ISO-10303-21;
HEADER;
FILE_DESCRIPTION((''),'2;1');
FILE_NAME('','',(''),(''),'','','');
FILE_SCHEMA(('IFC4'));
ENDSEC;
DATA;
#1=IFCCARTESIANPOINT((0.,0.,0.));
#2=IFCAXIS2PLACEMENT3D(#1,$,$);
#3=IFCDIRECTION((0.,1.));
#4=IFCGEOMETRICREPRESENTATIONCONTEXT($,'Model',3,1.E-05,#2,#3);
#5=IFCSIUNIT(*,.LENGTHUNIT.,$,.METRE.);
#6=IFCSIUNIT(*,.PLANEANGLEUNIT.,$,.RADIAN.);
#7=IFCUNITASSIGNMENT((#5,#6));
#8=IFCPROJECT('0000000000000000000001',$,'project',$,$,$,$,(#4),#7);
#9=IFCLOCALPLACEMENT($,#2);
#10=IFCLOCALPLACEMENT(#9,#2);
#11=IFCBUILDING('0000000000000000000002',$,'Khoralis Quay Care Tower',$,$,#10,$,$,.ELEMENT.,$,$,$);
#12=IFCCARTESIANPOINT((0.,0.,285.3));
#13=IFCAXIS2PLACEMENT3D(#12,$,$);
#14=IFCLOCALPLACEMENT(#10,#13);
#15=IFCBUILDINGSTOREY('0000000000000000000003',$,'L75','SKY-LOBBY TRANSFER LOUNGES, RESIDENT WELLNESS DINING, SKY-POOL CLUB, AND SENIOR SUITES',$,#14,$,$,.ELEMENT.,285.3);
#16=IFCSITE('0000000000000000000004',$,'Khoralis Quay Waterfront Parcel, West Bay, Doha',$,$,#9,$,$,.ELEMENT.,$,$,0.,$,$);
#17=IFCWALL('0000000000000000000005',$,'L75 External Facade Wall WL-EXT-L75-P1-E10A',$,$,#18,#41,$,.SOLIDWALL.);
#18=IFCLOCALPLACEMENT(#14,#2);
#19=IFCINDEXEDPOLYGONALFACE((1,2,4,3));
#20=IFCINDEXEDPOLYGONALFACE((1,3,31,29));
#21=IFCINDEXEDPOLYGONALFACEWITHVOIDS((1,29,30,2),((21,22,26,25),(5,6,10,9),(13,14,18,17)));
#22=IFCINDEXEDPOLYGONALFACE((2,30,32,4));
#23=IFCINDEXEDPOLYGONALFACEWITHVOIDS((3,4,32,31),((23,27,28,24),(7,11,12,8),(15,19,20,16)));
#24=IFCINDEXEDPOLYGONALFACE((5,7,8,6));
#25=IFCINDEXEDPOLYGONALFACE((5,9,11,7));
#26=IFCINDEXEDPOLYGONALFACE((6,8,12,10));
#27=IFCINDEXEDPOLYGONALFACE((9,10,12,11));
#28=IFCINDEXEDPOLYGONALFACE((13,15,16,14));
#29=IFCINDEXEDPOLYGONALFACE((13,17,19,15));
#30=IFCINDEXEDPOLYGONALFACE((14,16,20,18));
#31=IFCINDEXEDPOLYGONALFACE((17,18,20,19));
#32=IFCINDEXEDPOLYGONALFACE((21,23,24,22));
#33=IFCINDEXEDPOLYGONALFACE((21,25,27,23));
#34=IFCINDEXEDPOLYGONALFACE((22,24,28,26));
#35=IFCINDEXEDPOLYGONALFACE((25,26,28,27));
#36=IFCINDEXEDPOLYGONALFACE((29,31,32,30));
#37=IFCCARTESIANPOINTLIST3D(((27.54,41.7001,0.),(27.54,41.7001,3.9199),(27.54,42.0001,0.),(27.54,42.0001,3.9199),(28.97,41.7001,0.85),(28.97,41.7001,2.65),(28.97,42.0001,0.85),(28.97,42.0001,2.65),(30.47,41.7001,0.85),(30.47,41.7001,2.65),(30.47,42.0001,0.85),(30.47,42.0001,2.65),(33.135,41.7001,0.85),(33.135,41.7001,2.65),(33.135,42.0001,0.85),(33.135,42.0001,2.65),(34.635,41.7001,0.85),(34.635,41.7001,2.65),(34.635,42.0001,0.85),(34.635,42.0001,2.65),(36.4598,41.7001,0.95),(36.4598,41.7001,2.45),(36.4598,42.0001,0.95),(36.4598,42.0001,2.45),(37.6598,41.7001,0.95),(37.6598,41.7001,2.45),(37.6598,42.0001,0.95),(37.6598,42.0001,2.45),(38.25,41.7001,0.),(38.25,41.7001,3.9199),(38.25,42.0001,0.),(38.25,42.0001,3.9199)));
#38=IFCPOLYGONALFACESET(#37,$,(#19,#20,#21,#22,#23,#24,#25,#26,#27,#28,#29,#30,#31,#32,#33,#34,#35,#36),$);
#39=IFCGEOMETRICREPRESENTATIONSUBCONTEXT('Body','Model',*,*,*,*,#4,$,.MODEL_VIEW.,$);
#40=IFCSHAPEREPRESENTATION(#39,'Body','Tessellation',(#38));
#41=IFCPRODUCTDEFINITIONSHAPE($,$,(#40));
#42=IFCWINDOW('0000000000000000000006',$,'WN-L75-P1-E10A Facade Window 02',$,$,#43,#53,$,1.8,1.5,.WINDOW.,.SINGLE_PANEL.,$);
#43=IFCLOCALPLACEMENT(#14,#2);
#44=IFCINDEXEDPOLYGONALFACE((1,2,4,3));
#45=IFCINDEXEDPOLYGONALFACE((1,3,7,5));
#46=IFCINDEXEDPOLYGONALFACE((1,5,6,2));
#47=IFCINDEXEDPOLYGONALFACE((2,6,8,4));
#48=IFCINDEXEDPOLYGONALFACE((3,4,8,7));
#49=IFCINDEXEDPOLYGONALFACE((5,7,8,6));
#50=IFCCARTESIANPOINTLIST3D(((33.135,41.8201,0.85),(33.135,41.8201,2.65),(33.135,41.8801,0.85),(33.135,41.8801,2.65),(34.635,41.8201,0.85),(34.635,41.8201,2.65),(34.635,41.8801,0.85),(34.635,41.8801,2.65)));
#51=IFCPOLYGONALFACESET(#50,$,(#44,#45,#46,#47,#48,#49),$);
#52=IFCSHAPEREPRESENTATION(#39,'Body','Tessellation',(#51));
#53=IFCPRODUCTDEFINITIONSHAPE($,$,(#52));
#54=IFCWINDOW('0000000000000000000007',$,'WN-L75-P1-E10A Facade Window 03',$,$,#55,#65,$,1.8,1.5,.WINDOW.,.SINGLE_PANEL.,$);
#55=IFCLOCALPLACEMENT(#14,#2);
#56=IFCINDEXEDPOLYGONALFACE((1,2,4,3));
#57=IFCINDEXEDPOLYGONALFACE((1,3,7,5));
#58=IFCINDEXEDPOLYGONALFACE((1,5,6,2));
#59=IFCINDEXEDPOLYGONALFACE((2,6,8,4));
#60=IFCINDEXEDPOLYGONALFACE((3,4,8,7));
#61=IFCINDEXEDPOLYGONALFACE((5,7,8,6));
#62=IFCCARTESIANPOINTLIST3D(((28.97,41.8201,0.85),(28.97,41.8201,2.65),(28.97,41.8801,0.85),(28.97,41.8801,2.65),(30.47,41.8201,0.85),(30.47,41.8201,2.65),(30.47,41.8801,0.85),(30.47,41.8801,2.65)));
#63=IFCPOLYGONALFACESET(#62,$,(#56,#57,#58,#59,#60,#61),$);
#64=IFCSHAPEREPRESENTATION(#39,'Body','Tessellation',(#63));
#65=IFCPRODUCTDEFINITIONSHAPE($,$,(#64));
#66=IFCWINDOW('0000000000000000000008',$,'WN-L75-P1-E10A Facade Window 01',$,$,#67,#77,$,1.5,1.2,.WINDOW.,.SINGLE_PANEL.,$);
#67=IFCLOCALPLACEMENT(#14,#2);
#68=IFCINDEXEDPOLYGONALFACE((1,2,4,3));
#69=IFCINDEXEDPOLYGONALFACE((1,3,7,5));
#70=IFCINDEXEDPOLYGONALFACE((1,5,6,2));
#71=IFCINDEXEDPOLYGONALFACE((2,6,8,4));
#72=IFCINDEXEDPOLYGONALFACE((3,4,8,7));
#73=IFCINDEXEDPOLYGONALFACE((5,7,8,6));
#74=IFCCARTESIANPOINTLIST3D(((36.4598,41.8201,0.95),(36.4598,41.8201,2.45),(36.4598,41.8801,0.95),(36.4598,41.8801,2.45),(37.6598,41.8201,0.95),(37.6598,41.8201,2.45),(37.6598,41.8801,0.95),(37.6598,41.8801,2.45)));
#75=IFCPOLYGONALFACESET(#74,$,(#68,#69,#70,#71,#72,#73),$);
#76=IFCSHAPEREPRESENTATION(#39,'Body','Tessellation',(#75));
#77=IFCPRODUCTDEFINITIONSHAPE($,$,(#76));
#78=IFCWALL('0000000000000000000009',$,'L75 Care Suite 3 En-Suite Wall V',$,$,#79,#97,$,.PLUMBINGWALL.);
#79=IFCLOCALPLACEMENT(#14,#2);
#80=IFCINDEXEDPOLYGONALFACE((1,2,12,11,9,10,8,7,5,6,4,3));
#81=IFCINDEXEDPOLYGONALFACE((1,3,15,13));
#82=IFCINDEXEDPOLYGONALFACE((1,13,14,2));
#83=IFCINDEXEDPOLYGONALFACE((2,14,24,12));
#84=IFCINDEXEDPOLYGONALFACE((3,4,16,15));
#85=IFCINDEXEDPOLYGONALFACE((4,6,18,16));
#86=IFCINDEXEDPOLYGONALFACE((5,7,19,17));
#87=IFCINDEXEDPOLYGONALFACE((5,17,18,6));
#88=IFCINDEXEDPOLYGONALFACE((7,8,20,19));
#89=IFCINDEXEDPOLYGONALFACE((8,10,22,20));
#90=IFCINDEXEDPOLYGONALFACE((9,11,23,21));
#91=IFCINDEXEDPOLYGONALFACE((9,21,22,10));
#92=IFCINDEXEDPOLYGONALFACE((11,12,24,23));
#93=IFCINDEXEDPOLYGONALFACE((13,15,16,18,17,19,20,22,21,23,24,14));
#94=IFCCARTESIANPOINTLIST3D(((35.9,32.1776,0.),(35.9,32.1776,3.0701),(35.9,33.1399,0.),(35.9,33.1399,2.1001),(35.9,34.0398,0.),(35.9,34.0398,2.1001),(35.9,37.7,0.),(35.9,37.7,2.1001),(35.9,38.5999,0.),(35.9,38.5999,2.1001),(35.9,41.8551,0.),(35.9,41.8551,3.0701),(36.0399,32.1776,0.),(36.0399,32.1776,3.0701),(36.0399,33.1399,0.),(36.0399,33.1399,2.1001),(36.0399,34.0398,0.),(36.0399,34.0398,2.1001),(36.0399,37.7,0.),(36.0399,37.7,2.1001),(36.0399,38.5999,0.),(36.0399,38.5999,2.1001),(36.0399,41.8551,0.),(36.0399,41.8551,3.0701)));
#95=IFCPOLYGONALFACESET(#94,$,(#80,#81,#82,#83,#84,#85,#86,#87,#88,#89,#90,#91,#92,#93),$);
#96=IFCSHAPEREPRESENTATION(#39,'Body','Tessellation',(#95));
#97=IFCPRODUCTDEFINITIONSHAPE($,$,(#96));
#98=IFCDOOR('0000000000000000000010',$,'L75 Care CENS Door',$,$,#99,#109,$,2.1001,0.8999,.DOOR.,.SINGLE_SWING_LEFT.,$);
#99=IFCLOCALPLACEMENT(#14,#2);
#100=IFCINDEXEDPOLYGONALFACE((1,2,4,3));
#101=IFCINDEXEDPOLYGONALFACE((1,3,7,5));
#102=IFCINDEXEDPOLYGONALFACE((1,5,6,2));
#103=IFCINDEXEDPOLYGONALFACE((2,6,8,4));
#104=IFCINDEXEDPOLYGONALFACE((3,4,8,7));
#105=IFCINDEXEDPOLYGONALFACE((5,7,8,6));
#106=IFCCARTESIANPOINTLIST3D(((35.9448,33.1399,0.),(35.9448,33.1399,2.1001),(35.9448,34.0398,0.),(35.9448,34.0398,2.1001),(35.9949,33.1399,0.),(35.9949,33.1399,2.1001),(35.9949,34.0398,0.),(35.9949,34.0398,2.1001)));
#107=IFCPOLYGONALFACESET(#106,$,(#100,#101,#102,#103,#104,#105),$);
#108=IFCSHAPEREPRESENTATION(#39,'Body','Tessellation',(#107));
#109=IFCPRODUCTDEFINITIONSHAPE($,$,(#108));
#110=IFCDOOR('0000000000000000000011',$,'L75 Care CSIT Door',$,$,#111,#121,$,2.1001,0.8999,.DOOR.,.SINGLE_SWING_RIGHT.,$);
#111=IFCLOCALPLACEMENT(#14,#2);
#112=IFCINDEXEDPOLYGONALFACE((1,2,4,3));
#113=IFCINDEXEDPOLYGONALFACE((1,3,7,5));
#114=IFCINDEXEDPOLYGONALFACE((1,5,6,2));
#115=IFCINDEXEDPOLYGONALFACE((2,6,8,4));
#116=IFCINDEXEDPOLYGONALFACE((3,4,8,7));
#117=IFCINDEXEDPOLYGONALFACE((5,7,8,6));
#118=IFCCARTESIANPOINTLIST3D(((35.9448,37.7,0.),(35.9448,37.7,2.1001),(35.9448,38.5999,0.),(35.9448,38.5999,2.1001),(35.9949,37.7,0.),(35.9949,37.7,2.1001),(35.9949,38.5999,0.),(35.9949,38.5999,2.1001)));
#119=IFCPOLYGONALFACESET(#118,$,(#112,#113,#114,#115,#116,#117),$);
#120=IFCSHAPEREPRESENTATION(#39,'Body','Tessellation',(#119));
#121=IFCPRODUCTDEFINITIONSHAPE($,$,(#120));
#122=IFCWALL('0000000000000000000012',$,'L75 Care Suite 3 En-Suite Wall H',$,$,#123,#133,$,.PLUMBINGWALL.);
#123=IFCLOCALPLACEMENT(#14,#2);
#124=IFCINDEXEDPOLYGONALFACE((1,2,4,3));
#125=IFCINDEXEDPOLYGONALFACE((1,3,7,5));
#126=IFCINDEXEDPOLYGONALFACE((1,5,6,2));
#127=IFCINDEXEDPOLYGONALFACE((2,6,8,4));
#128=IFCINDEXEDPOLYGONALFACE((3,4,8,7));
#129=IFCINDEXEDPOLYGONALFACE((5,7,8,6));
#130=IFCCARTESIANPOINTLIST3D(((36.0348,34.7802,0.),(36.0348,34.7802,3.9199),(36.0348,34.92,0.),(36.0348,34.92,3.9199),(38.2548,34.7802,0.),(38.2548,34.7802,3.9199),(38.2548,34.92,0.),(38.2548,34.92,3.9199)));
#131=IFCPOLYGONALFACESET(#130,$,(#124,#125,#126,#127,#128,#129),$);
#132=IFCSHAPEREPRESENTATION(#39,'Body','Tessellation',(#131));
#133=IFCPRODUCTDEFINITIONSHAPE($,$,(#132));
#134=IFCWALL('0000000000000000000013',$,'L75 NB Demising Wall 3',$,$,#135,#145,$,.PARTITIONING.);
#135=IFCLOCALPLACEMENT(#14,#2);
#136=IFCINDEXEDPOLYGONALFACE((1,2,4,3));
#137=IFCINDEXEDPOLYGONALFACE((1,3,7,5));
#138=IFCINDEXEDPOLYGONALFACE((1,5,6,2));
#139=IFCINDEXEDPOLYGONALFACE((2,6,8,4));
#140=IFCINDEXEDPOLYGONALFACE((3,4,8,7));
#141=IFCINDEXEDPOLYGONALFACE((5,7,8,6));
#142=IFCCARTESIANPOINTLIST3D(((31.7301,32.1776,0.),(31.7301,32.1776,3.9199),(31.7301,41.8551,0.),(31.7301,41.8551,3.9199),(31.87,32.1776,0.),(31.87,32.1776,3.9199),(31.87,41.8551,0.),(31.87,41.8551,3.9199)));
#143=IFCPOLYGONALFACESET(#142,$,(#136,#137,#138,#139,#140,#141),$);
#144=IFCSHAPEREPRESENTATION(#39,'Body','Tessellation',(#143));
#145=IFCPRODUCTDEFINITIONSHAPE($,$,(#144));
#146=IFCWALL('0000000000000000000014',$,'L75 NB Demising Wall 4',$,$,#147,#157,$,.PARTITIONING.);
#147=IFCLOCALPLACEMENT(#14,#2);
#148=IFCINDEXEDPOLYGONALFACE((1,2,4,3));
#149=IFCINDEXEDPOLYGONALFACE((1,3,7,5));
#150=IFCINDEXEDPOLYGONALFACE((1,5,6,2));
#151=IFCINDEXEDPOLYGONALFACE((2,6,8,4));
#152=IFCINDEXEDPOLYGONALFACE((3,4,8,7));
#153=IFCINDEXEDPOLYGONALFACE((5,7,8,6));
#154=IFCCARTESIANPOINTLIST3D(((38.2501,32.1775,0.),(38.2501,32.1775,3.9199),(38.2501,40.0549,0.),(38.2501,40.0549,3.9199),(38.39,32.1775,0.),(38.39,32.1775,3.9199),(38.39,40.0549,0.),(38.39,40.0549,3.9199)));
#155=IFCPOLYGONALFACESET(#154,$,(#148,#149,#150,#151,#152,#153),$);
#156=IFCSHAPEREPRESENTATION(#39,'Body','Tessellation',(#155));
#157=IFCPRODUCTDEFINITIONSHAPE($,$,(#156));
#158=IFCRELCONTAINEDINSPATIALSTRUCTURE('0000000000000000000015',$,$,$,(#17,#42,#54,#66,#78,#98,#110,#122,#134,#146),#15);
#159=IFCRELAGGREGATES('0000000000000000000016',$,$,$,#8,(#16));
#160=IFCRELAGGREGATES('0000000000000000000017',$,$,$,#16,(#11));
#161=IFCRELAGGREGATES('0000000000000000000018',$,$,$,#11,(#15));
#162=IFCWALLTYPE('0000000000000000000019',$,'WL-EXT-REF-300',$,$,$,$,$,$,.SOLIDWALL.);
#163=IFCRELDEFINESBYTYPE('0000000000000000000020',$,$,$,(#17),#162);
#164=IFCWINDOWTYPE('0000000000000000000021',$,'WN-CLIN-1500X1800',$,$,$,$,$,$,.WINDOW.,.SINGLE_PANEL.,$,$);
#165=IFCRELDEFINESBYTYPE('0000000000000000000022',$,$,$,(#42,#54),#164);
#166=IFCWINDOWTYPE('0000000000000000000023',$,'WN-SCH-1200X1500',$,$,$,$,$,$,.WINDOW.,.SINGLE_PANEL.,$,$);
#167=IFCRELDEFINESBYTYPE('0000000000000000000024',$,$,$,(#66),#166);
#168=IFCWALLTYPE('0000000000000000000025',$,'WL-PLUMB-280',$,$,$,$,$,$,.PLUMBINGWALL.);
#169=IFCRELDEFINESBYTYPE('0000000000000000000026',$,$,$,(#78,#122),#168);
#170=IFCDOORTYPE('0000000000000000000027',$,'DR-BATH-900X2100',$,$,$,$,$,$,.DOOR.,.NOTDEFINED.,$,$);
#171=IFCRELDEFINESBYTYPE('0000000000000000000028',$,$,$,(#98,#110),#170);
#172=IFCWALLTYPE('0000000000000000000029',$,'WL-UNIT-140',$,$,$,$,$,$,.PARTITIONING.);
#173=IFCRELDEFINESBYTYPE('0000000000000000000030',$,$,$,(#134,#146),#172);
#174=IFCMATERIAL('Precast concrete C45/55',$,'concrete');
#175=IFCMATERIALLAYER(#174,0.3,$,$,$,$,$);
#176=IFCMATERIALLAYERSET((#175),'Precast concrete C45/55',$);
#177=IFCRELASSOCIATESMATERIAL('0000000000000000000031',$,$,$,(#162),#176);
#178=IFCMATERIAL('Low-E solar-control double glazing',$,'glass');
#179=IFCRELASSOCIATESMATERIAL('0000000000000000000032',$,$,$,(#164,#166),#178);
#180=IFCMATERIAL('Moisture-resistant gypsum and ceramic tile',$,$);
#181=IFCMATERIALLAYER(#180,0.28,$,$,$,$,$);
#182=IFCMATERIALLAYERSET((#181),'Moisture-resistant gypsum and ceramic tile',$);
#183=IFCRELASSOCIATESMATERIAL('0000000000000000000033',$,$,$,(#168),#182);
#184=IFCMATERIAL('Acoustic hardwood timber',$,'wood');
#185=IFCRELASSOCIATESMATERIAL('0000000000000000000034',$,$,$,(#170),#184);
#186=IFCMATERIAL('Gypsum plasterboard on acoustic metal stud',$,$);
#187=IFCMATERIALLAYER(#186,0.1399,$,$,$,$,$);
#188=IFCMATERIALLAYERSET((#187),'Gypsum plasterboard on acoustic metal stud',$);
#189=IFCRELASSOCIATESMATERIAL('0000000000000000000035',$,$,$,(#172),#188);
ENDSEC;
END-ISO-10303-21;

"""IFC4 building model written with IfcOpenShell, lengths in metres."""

from ifc_helpers import new_model, si_unit, direction, frame, frame_2d, origin, place, context, subcontext, project, spatial, rectangle, extrude, source, transform, mapped, material, layer, layer_set, type_object, element, fill, save


model = new_model("IFC4")

# Units and contexts
model_context = context("Model", 3, precision=1e-05, world=origin(), true_north=direction((0.0, 1.0)))
body_context = subcontext(model_context, "Body", "Model", "MODEL_VIEW")
ifc_project = project(units=[si_unit("LENGTHUNIT", "METRE"), si_unit("PLANEANGLEUNIT", "RADIAN")], contexts=[model_context])

# Site, building, storey
site_placement = place(None, origin())
site = spatial("IfcSite", under=ifc_project, at=site_placement, Name="Khoralis Quay Waterfront Parcel, West Bay, Doha", CompositionType="ELEMENT", RefElevation=0.0)
building_placement = place(site_placement, origin())
building = spatial("IfcBuilding", under=site, at=building_placement, Name="Khoralis Quay Care Tower", CompositionType="ELEMENT")
storey_placement = place(building_placement, frame((0.0, 0.0, 285.3)))
storey = spatial("IfcBuildingStorey", under=building, at=storey_placement, Name="L75", Description="SKY-LOBBY TRANSFER LOUNGES, RESIDENT WELLNESS DINING, SKY-POOL CLUB, AND SENIOR SUITES", CompositionType="ELEMENT", Elevation=285.3)

# Shared definitions
ifc_material_1 = material(Name="Precast concrete C45/55", Category="concrete")
ifc_layer_1 = layer(ifc_material_1, 0.3)
ifc_layer_set_1 = layer_set([ifc_layer_1], Name="Precast concrete C45/55")
wall_type_1 = type_object("IfcWallType", Name="WL-EXT-REF-300", PredefinedType="SOLIDWALL", material=ifc_layer_set_1)

# Wall, openings, windows
wall_1_placement = place(storey_placement, frame((38.25, 41.8501, 0.0), z_axis=(0.0, 0.0, 1.0), x_axis=(-1.0, 0.0, 0.0)))
wall_1 = element("IfcWall", 1, at=wall_1_placement, inside=storey, type_object=wall_type_1, Name="L75 External Facade Wall WL-EXT-L75-P1-E10A", PredefinedType="SOLIDWALL", context=body_context, shape_type="SweptSolid", body=[
    extrude(rectangle(XDim=10.71, YDim=0.3, at=frame_2d((5.355, 0.0))), origin(), (0.0, 0.0, 1.0), 3.9199),
])
opening_1_placement = place(wall_1_placement, frame((0.5901, 0.0, 0.95)))
opening_1 = element("IfcOpeningElement", 2, at=opening_1_placement, cuts=wall_1, PredefinedType="OPENING", context=body_context, shape_type="SweptSolid", body=[
    extrude(rectangle(XDim=1.2, YDim=1.5, at=frame_2d((0.6001, 0.75))), frame((0.0, 0.1602, 0.0), z_axis=(0.0, -1.0, 0.0), x_axis=(1.0, 0.0, 0.0)), (0.0, 0.0, 1.0), 0.3201),
])
opening_2_placement = place(wall_1_placement, frame((3.615, 0.0, 0.8501)))
opening_2 = element("IfcOpeningElement", 3, at=opening_2_placement, cuts=wall_1, PredefinedType="OPENING", context=body_context, shape_type="SweptSolid", body=[
    extrude(rectangle(XDim=1.5, YDim=1.8, at=frame_2d((0.75, 0.8999))), frame((0.0, 0.1602, 0.0), z_axis=(0.0, -1.0, 0.0), x_axis=(1.0, 0.0, 0.0)), (0.0, 0.0, 1.0), 0.3201),
])
opening_3_placement = place(wall_1_placement, frame((7.78, 0.0, 0.8501)))
opening_3 = element("IfcOpeningElement", 4, at=opening_3_placement, cuts=wall_1, PredefinedType="OPENING", context=body_context, shape_type="SweptSolid", body=[
    extrude(rectangle(XDim=1.5, YDim=1.8, at=frame_2d((0.75, 0.8999))), frame((0.0, 0.1602, 0.0), z_axis=(0.0, -1.0, 0.0), x_axis=(1.0, 0.0, 0.0)), (0.0, 0.0, 1.0), 0.3201),
])
ifc_material_2 = material(Name="Low-E solar-control double glazing", Category="glass")
window_type_1 = type_object("IfcWindowType", Name="WN-CLIN-1500X1800", PartitioningType="SINGLE_PANEL", PredefinedType="WINDOW", material=ifc_material_2)
shared_shape_1 = source(origin(), body_context, "Body", "SweptSolid", [
    extrude(rectangle(XDim=1.5, YDim=1.8, at=frame_2d((0.75, 0.8999))), frame((0.0, 0.03, 0.0), z_axis=(0.0, -1.0, 0.0), x_axis=(1.0, 0.0, 0.0)), (0.0, 0.0, 1.0), 0.0601),
])
window_1_placement = place(opening_2_placement, origin())
window_1 = element("IfcWindow", 5, at=window_1_placement, inside=storey, type_object=window_type_1, Name="WN-L75-P1-E10A Facade Window 02", OverallHeight=1.8, OverallWidth=1.5, PartitioningType="SINGLE_PANEL", PredefinedType="WINDOW", context=body_context, shape_type="MappedRepresentation", body=[
    mapped(shared_shape_1, transform((0.0, 0.0, 0.0), scale=1.0)),
])
fill(opening_2, window_1)
window_2_placement = place(opening_3_placement, origin())
window_2 = element("IfcWindow", 6, at=window_2_placement, inside=storey, type_object=window_type_1, Name="WN-L75-P1-E10A Facade Window 03", OverallHeight=1.8, OverallWidth=1.5, PartitioningType="SINGLE_PANEL", PredefinedType="WINDOW", context=body_context, shape_type="MappedRepresentation", body=[
    mapped(shared_shape_1, transform((0.0, 0.0, 0.0), scale=1.0)),
])
fill(opening_3, window_2)
window_type_2 = type_object("IfcWindowType", Name="WN-SCH-1200X1500", PartitioningType="SINGLE_PANEL", PredefinedType="WINDOW", material=ifc_material_2)
shared_shape_2 = source(origin(), body_context, "Body", "SweptSolid", [
    extrude(rectangle(XDim=1.2, YDim=1.5, at=frame_2d((0.6001, 0.75))), frame((0.0, 0.03, 0.0), z_axis=(0.0, -1.0, 0.0), x_axis=(1.0, 0.0, 0.0)), (0.0, 0.0, 1.0), 0.0601),
])
window_3_placement = place(opening_1_placement, origin())
window_3 = element("IfcWindow", 7, at=window_3_placement, inside=storey, type_object=window_type_2, Name="WN-L75-P1-E10A Facade Window 01", OverallHeight=1.5, OverallWidth=1.2, PartitioningType="SINGLE_PANEL", PredefinedType="WINDOW", context=body_context, shape_type="MappedRepresentation", body=[
    mapped(shared_shape_2, transform((0.0, 0.0, 0.0), scale=1.0)),
])
fill(opening_1, window_3)

# Wall, openings, doors
ifc_material_3 = material(Name="Moisture-resistant gypsum and ceramic tile")
ifc_layer_2 = layer(ifc_material_3, 0.28)
ifc_layer_set_2 = layer_set([ifc_layer_2], Name="Moisture-resistant gypsum and ceramic tile")
wall_type_2 = type_object("IfcWallType", Name="WL-PLUMB-280", PredefinedType="PLUMBINGWALL", material=ifc_layer_set_2)
wall_2_placement = place(storey_placement, frame((35.97, 32.1775, 0.0), z_axis=(0.0, 0.0, 1.0), x_axis=(0.0, 1.0, 0.0)))
wall_2 = element("IfcWall", 8, at=wall_2_placement, inside=storey, type_object=wall_type_2, Name="L75 Care Suite 3 En-Suite Wall V", PredefinedType="PLUMBINGWALL", context=body_context, shape_type="SweptSolid", body=[
    extrude(rectangle(XDim=9.6775, YDim=0.1399, at=frame_2d((4.8389, 0.0))), origin(), (0.0, 0.0, 1.0), 3.0701),
])
opening_4_placement = place(wall_2_placement, frame((0.9624, 0.0, 0.0)))
opening_4 = element("IfcOpeningElement", 9, at=opening_4_placement, cuts=wall_2, PredefinedType="OPENING", context=body_context, shape_type="SweptSolid", body=[
    extrude(rectangle(XDim=0.8999, YDim=2.1001, at=frame_2d((0.45, 1.05))), frame((0.0, 0.0801, 0.0), z_axis=(0.0, -1.0, 0.0), x_axis=(1.0, 0.0, 0.0)), (0.0, 0.0, 1.0), 0.1599),
])
opening_5_placement = place(wall_2_placement, frame((5.5225, 0.0, 0.0)))
opening_5 = element("IfcOpeningElement", 10, at=opening_5_placement, cuts=wall_2, PredefinedType="OPENING", context=body_context, shape_type="SweptSolid", body=[
    extrude(rectangle(XDim=0.8999, YDim=2.1001, at=frame_2d((0.45, 1.05))), frame((0.0, 0.0801, 0.0), z_axis=(0.0, -1.0, 0.0), x_axis=(1.0, 0.0, 0.0)), (0.0, 0.0, 1.0), 0.1599),
])
ifc_material_4 = material(Name="Acoustic hardwood timber", Category="wood")
door_type = type_object("IfcDoorType", Name="DR-BATH-900X2100", OperationType="NOTDEFINED", PredefinedType="DOOR", material=ifc_material_4)
shared_shape_3 = source(origin(), body_context, "Body", "SweptSolid", [
    extrude(rectangle(XDim=0.8999, YDim=2.1001, at=frame_2d((0.45, 1.05))), frame((0.0, 0.0249, 0.0), z_axis=(0.0, -1.0, 0.0), x_axis=(1.0, 0.0, 0.0)), (0.0, 0.0, 1.0), 0.05),
])
door_1_placement = place(opening_4_placement, frame((0.8999, 0.0, 0.0), z_axis=(0.0, 0.0, 1.0), x_axis=(-1.0, 0.0, 0.0)))
door_1 = element("IfcDoor", 11, at=door_1_placement, inside=storey, type_object=door_type, Name="L75 Care CENS Door", OperationType="SINGLE_SWING_LEFT", OverallHeight=2.1001, OverallWidth=0.8999, PredefinedType="DOOR", context=body_context, shape_type="MappedRepresentation", body=[
    mapped(shared_shape_3, transform((0.0, 0.0, 0.0), scale=1.0)),
])
fill(opening_4, door_1)
door_2_placement = place(opening_5_placement, frame((0.8999, 0.0, 0.0), z_axis=(0.0, 0.0, 1.0), x_axis=(-1.0, 0.0, 0.0)))
door_2 = element("IfcDoor", 12, at=door_2_placement, inside=storey, type_object=door_type, Name="L75 Care CSIT Door", OperationType="SINGLE_SWING_RIGHT", OverallHeight=2.1001, OverallWidth=0.8999, PredefinedType="DOOR", context=body_context, shape_type="MappedRepresentation", body=[
    mapped(shared_shape_3, transform((0.0, 0.0, 0.0), scale=1.0)),
])
fill(opening_5, door_2)

# Walls
wall_3_placement = place(storey_placement, frame((36.0349, 34.8501, 0.0), z_axis=(0.0, 0.0, 1.0), x_axis=(1.0, 0.0, 0.0)))
element("IfcWall", 13, at=wall_3_placement, inside=storey, type_object=wall_type_2, Name="L75 Care Suite 3 En-Suite Wall H", PredefinedType="PLUMBINGWALL", context=body_context, shape_type="SweptSolid", body=[
    extrude(rectangle(XDim=2.22, YDim=0.1399, at=frame_2d((1.1099, 0.0))), origin(), (0.0, 0.0, 1.0), 3.9199),
])
ifc_material_5 = material(Name="Gypsum plasterboard on acoustic metal stud")
ifc_layer_3 = layer(ifc_material_5, 0.1399)
ifc_layer_set_3 = layer_set([ifc_layer_3], Name="Gypsum plasterboard on acoustic metal stud")
wall_type_3 = type_object("IfcWallType", Name="WL-UNIT-140", PredefinedType="PARTITIONING", material=ifc_layer_set_3)
wall_4_placement = place(storey_placement, frame((31.8, 32.1775, 0.0), z_axis=(0.0, 0.0, 1.0), x_axis=(0.0, 1.0, 0.0)))
element("IfcWall", 14, at=wall_4_placement, inside=storey, type_object=wall_type_3, Name="L75 NB Demising Wall 3", PredefinedType="PARTITIONING", context=body_context, shape_type="SweptSolid", body=[
    extrude(rectangle(XDim=9.6775, YDim=0.1399, at=frame_2d((4.8389, 0.0))), origin(), (0.0, 0.0, 1.0), 3.9199),
])
wall_5_placement = place(storey_placement, frame((38.3201, 32.1775, 0.0), z_axis=(0.0, 0.0, 1.0), x_axis=(0.0, 1.0, 0.0)))
element("IfcWall", 15, at=wall_5_placement, inside=storey, type_object=wall_type_3, Name="L75 NB Demising Wall 4", PredefinedType="PARTITIONING", context=body_context, shape_type="SweptSolid", body=[
    extrude(rectangle(XDim=7.8774, YDim=0.1399, at=frame_2d((3.9387, 0.0))), origin(), (0.0, 0.0, 1.0), 3.9199),
])

save(model, "model.ifc")
